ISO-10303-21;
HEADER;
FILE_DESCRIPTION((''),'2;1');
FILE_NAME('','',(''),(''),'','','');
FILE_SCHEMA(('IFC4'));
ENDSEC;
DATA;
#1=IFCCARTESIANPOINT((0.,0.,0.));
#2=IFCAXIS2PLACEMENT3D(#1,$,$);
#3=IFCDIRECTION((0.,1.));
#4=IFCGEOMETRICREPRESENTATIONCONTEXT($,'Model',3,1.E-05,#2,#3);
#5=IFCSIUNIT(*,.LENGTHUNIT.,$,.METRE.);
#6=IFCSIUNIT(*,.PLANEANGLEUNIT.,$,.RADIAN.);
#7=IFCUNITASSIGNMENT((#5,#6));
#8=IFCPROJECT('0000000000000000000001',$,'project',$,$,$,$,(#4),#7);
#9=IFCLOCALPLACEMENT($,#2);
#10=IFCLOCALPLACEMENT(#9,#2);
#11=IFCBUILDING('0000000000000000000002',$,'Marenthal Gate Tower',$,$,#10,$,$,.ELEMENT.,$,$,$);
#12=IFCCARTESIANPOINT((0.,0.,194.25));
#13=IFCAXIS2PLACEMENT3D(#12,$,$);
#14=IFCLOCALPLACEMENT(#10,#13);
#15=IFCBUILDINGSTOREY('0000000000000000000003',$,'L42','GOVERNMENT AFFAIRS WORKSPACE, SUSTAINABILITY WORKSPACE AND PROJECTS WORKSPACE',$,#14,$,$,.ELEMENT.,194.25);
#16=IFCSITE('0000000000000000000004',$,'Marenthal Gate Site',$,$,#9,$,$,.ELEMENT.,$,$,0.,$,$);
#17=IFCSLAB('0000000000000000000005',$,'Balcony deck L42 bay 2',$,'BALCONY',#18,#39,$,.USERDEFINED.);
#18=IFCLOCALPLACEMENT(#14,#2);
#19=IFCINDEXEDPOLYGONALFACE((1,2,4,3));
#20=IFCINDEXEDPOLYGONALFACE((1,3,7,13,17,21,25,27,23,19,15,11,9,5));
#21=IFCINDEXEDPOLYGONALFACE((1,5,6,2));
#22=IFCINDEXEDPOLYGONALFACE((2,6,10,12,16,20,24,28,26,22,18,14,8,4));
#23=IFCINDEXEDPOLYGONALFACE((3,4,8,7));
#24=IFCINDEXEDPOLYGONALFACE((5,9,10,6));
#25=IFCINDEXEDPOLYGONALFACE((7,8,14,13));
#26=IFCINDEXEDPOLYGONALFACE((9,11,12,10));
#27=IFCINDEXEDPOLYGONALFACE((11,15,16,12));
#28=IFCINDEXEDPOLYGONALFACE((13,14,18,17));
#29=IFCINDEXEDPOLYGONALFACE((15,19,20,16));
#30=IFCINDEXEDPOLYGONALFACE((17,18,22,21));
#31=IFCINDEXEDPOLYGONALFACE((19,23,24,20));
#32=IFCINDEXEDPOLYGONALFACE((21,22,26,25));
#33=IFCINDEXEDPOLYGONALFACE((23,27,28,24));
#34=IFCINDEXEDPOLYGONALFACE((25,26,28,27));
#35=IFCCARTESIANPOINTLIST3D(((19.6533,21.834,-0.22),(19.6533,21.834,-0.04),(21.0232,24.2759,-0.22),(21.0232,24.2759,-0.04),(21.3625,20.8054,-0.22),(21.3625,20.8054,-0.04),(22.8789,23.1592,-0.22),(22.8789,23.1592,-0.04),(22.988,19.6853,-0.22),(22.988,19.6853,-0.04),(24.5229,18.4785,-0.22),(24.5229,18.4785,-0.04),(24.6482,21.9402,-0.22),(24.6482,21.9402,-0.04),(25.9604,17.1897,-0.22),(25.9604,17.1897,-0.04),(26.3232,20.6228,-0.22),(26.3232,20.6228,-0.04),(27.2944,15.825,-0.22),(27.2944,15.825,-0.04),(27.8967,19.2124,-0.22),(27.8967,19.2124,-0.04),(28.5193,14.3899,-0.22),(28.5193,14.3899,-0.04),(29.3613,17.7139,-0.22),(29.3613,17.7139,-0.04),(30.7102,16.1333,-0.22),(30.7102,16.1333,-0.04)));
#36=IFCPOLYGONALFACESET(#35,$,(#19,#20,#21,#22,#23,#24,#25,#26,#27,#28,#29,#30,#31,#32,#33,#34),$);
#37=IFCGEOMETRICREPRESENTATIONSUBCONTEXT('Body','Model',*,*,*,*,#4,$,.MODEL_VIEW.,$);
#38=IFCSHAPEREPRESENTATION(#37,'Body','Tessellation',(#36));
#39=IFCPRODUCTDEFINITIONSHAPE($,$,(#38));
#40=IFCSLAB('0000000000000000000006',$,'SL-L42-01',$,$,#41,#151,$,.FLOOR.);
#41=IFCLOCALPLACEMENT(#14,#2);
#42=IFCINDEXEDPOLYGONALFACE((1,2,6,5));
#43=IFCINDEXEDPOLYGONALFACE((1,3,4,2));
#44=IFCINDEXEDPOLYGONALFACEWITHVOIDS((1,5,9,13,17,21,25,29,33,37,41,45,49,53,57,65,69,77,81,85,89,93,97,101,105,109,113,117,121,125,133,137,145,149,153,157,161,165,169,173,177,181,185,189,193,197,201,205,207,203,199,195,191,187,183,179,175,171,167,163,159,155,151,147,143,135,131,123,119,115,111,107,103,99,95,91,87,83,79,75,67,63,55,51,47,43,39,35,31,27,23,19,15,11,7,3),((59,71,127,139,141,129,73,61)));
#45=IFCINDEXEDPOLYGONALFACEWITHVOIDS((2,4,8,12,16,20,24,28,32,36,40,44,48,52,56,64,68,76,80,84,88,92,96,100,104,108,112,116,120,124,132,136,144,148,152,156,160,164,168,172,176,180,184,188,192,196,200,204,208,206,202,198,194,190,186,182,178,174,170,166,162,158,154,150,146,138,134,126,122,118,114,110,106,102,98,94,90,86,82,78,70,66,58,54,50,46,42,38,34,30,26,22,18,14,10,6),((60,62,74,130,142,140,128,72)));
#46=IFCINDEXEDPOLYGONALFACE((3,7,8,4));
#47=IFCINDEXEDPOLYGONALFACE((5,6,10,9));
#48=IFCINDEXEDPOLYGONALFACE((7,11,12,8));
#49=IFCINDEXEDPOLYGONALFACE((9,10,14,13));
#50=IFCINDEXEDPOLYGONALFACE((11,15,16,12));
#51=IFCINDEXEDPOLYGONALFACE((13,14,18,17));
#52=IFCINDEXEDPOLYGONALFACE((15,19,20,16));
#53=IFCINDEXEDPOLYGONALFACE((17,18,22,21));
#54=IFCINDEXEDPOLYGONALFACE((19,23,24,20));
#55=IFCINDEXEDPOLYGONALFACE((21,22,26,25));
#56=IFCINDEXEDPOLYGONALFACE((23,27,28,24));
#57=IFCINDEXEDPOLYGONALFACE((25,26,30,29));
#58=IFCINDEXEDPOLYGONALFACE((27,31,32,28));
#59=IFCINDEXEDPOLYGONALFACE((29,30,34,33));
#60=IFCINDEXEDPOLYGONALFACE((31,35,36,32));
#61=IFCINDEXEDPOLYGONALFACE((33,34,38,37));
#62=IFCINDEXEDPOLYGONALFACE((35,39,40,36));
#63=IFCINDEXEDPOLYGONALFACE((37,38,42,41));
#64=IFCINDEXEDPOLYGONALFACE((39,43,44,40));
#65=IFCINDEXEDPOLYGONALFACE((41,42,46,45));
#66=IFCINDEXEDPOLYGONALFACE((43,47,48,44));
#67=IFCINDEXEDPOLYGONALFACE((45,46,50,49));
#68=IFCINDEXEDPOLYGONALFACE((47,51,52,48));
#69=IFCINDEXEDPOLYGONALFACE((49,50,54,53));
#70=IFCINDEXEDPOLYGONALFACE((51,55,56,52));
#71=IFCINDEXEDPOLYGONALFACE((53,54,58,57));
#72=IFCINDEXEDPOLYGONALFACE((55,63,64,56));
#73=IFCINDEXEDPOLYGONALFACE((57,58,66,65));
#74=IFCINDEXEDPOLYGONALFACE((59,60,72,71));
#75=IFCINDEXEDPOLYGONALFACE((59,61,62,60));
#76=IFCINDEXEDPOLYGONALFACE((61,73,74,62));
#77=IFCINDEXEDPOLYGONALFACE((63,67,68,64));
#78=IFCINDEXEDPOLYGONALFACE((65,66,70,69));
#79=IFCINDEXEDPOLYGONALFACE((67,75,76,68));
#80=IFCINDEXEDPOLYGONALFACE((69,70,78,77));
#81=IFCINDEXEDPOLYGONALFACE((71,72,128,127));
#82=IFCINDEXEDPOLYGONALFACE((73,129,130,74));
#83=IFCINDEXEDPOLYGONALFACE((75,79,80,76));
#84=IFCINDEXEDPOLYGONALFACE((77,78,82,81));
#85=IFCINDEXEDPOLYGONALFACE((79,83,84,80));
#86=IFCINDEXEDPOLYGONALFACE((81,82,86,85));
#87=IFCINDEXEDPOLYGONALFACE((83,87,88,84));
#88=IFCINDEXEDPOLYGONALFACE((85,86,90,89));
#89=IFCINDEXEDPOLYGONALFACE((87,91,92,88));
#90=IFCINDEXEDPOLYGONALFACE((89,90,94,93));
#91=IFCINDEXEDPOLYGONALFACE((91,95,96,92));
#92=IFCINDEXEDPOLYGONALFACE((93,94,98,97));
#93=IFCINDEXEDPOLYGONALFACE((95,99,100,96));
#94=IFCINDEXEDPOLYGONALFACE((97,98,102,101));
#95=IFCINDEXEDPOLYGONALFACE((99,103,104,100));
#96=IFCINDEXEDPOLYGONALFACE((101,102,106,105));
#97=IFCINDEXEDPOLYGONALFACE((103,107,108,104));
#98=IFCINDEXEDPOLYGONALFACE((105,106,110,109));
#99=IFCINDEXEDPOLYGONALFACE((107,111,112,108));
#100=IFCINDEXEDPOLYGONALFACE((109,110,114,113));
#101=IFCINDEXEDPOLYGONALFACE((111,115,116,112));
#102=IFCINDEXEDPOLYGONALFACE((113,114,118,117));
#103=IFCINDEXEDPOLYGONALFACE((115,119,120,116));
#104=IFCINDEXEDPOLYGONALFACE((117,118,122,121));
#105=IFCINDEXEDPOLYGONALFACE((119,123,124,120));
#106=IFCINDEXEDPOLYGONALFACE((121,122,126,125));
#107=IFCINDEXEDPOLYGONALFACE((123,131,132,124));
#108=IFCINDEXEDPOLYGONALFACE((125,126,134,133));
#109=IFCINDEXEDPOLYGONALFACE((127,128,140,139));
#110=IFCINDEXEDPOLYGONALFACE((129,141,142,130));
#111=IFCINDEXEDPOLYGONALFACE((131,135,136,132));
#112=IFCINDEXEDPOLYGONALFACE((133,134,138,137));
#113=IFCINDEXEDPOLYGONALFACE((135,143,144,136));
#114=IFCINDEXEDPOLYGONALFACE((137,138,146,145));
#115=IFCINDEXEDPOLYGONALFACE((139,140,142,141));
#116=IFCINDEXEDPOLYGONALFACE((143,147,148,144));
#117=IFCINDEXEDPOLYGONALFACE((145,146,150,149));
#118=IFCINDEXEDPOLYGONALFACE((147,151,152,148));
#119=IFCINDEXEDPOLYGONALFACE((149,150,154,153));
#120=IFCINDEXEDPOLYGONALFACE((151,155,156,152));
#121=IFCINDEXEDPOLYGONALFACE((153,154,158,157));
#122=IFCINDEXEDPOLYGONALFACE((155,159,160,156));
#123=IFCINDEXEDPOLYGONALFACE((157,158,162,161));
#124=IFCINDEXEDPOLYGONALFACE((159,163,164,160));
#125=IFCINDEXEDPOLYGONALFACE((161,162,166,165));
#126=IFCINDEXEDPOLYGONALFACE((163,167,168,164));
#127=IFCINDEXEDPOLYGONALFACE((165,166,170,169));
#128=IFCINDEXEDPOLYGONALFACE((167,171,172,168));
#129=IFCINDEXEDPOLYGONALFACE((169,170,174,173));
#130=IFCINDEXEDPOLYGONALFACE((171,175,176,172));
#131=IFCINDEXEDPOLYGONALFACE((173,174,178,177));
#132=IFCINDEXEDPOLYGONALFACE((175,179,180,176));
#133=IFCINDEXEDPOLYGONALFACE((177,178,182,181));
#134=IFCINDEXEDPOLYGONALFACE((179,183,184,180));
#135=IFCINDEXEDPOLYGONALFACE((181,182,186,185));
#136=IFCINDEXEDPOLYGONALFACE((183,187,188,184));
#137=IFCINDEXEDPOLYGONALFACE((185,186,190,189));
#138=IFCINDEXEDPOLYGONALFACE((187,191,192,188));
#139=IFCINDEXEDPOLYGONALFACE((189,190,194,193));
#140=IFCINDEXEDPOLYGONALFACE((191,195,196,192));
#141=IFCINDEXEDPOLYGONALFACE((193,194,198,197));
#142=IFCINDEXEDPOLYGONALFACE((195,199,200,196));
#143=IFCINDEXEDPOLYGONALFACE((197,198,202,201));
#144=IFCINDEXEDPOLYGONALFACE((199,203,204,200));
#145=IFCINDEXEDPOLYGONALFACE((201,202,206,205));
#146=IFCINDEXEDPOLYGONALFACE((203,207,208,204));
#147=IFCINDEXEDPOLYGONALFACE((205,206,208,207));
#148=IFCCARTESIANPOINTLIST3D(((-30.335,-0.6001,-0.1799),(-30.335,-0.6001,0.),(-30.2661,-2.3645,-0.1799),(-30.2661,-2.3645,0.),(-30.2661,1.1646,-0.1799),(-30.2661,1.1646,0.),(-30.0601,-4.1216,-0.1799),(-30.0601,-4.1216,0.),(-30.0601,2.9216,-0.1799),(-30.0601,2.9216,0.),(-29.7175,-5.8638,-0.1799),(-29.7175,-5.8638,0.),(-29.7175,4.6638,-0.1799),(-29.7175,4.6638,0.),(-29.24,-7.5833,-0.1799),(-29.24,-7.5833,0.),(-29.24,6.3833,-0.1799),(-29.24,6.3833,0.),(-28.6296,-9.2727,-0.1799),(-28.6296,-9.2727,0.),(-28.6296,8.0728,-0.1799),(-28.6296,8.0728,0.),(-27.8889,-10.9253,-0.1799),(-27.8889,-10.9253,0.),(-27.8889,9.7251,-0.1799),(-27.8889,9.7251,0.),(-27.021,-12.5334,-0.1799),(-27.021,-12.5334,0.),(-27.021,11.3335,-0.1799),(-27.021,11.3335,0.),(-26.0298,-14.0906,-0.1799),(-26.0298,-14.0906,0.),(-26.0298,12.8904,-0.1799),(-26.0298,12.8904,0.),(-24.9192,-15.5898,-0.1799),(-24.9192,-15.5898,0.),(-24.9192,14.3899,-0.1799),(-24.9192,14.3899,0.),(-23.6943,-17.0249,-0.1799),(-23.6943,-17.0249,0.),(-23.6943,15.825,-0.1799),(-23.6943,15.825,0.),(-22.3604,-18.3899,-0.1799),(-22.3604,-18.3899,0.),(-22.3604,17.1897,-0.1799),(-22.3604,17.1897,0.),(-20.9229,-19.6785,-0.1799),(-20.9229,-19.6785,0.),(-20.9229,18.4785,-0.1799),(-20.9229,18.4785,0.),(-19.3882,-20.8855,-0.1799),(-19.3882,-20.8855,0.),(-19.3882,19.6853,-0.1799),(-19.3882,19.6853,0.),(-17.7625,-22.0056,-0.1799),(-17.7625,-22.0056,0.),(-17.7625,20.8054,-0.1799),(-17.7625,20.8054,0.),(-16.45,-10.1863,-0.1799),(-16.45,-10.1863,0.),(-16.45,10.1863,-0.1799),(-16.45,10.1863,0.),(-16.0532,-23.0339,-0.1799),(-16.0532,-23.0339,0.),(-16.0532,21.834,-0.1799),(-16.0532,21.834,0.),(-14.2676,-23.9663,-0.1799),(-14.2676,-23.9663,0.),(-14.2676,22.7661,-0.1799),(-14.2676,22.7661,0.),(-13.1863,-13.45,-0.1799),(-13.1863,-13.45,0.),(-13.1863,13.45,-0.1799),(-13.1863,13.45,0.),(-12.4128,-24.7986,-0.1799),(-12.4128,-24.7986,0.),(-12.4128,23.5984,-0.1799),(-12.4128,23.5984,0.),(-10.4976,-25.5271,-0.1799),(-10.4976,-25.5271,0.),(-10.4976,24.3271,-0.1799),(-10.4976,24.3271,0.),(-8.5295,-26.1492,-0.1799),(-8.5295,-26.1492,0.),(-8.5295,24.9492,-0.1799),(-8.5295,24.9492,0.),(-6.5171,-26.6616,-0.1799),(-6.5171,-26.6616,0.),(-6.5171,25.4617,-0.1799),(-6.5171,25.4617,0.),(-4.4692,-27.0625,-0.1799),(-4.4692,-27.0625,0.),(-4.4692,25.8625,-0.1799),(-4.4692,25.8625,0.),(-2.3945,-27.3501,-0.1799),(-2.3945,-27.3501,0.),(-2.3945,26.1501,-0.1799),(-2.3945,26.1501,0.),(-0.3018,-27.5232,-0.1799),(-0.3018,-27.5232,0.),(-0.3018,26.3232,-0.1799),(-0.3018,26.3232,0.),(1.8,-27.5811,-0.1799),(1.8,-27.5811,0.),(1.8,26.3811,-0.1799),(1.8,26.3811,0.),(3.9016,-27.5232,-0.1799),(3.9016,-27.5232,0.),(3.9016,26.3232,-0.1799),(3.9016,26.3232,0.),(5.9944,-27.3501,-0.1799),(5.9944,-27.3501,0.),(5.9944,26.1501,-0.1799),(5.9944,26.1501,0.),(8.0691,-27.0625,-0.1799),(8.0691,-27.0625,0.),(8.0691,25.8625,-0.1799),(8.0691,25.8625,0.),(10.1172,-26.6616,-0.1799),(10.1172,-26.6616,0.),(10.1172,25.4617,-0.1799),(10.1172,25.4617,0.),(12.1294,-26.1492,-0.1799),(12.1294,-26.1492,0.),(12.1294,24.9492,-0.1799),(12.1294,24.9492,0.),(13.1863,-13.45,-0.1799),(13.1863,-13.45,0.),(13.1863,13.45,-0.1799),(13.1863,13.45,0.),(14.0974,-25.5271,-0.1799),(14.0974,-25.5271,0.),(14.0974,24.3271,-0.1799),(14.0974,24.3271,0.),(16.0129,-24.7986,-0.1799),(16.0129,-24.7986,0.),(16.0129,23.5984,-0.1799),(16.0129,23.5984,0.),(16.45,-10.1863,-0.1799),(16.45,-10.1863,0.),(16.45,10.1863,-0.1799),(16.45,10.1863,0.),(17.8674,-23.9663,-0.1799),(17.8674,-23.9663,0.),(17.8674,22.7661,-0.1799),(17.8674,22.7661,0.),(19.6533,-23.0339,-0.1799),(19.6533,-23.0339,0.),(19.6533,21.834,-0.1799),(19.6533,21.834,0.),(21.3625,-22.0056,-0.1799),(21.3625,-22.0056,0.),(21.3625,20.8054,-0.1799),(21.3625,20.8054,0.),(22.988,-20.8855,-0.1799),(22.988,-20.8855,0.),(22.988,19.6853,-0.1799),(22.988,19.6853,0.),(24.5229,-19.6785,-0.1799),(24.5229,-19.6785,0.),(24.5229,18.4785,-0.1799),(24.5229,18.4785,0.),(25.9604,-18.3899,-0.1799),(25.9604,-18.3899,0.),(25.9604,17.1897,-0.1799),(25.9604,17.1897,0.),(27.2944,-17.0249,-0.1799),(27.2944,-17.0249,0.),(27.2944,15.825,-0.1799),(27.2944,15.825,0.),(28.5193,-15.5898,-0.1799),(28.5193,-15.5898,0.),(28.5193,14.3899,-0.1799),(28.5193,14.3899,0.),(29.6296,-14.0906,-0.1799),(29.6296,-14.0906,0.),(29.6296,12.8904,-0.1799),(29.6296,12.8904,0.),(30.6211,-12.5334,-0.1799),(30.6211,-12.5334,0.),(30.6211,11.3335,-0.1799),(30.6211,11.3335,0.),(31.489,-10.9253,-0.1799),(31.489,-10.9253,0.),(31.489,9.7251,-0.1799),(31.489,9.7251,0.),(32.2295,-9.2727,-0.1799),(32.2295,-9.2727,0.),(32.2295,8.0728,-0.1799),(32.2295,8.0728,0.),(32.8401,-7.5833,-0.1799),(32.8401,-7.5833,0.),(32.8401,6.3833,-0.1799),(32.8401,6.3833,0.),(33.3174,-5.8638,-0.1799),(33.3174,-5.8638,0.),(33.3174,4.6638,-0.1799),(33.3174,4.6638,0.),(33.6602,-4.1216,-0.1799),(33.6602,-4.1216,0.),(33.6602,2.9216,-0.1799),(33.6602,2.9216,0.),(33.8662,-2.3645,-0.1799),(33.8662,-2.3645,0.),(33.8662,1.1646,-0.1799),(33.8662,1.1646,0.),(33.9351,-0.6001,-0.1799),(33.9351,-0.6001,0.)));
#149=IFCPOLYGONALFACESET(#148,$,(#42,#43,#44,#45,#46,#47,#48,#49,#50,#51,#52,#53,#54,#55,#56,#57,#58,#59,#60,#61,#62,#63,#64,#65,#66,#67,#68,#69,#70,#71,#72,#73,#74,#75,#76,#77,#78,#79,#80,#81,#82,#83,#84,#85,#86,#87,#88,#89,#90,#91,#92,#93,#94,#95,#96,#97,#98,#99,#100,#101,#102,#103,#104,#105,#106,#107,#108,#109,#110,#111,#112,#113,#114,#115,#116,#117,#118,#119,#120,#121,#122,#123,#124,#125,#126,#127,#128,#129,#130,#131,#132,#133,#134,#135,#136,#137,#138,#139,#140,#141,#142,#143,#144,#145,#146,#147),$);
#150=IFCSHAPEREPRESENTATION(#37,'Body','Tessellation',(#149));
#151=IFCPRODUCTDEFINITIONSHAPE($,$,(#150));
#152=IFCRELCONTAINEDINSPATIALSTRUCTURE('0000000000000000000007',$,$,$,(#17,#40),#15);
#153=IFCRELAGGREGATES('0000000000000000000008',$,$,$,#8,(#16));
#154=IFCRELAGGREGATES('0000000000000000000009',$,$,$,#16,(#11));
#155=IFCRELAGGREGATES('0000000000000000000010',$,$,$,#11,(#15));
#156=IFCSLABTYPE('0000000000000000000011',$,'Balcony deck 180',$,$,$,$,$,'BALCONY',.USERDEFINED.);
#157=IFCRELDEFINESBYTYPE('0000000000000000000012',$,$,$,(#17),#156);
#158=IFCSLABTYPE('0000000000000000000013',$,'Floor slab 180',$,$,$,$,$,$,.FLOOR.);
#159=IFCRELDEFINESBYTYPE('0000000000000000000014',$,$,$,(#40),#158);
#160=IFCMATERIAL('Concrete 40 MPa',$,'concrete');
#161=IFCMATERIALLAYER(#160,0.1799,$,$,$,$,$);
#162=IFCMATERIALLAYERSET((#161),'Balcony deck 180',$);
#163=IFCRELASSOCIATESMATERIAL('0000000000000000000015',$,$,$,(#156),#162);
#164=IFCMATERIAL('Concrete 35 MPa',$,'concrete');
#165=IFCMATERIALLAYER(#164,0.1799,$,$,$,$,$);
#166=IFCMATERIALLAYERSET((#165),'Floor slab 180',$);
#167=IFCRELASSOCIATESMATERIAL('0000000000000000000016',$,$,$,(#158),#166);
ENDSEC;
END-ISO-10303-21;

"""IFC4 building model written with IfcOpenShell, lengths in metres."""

from ifc_helpers import new_model, si_unit, direction, frame, origin, place, context, subcontext, project, spatial, polyline, outline, extrude, material, layer, layer_set, type_object, element, save


model = new_model("IFC4")

# Units and contexts
model_context = context("Model", 3, precision=1e-05, world=origin(), true_north=direction((0.0, 1.0)))
body_context = subcontext(model_context, "Body", "Model", "MODEL_VIEW")
ifc_project = project(units=[si_unit("LENGTHUNIT", "METRE"), si_unit("PLANEANGLEUNIT", "RADIAN")], contexts=[model_context])

# Site, building, storey
site_placement = place(None, origin())
site = spatial("IfcSite", under=ifc_project, at=site_placement, Name="Marenthal Gate Site", CompositionType="ELEMENT", RefElevation=0.0)
building_placement = place(site_placement, origin())
building = spatial("IfcBuilding", under=site, at=building_placement, Name="Marenthal Gate Tower", CompositionType="ELEMENT")
storey_placement = place(building_placement, frame((0.0, 0.0, 194.25)))
storey = spatial("IfcBuildingStorey", under=building, at=storey_placement, Name="L42", Description="GOVERNMENT AFFAIRS WORKSPACE, SUSTAINABILITY WORKSPACE AND PROJECTS WORKSPACE", CompositionType="ELEMENT", Elevation=194.25)

# Slabs
ifc_material_1 = material(Name="Concrete 40 MPa", Category="concrete")
ifc_layer_1 = layer(ifc_material_1, 0.1799)
ifc_layer_set_1 = layer_set([ifc_layer_1], Name="Balcony deck 180")
slab_type_1 = type_object("IfcSlabType", Name="Balcony deck 180", ElementType="BALCONY", PredefinedType="USERDEFINED", material=ifc_layer_set_1)
slab_1_placement = place(storey_placement, frame((0.0, 0.0, -0.22)))
element("IfcSlab", 1, at=slab_1_placement, inside=storey, type_object=slab_type_1, Name="Balcony deck L42 bay 2", ObjectType="BALCONY", PredefinedType="USERDEFINED", context=body_context, shape_type="SweptSolid", body=[
    extrude(outline(polyline([(28.5193, 14.3899), (27.2944, 15.825), (25.9604, 17.1897), (24.5229, 18.4785), (22.988, 19.6853), (21.3625, 20.8054), (19.6533, 21.834), (21.0232, 24.2759), (22.8789, 23.1592), (24.6482, 21.9402), (26.3232, 20.6228), (27.8967, 19.2124), (29.3613, 17.7139), (30.7102, 16.1333), (28.5193, 14.3899)])), origin(), (0.0, 0.0, 1.0), 0.1799),
])
ifc_material_2 = material(Name="Concrete 35 MPa", Category="concrete")
ifc_layer_2 = layer(ifc_material_2, 0.1799)
ifc_layer_set_2 = layer_set([ifc_layer_2], Name="Floor slab 180")
slab_type_2 = type_object("IfcSlabType", Name="Floor slab 180", PredefinedType="FLOOR", material=ifc_layer_set_2)
slab_2_placement = place(storey_placement, frame((0.0, 0.0, -0.1799)))
element("IfcSlab", 2, at=slab_2_placement, inside=storey, type_object=slab_type_2, Name="SL-L42-01", PredefinedType="FLOOR", context=body_context, shape_type="SweptSolid", body=[
    extrude(outline(polyline([(33.9351, -0.6001), (33.8662, 1.1646), (33.6602, 2.9216), (33.3174, 4.6638), (32.8401, 6.3833), (32.2295, 8.0728), (31.489, 9.7251), (30.6211, 11.3335), (29.6296, 12.8904), (28.5193, 14.3899), (27.2944, 15.825), (25.9604, 17.1897), (24.5229, 18.4785), (22.988, 19.6853), (21.3625, 20.8054), (19.6533, 21.834), (17.8674, 22.7661), (16.0129, 23.5984), (14.0974, 24.3271), (12.1294, 24.9492), (10.1172, 25.4617), (8.0691, 25.8625), (5.9944, 26.1501), (3.9016, 26.3232), (1.8, 26.3811), (-0.3018, 26.3232), (-2.3945, 26.1501), (-4.4692, 25.8625), (-6.5171, 25.4617), (-8.5295, 24.9492), (-10.4976, 24.3271), (-12.4128, 23.5984), (-14.2676, 22.7661), (-16.0532, 21.834), (-17.7625, 20.8054), (-19.3882, 19.6853), (-20.9229, 18.4785), (-22.3604, 17.1897), (-23.6943, 15.825), (-24.9192, 14.3899), (-26.0298, 12.8904), (-27.021, 11.3335), (-27.8889, 9.7251), (-28.6296, 8.0728), (-29.24, 6.3833), (-29.7175, 4.6638), (-30.0601, 2.9216), (-30.2661, 1.1646), (-30.335, -0.6001), (-30.2661, -2.3645), (-30.0601, -4.1216), (-29.7175, -5.8638), (-29.24, -7.5833), (-28.6296, -9.2727), (-27.8889, -10.9253), (-27.021, -12.5334), (-26.0298, -14.0906), (-24.9192, -15.5898), (-23.6943, -17.0249), (-22.3604, -18.3899), (-20.9229, -19.6785), (-19.3882, -20.8855), (-17.7625, -22.0056), (-16.0532, -23.0339), (-14.2676, -23.9663), (-12.4128, -24.7986), (-10.4976, -25.5271), (-8.5295, -26.1492), (-6.5171, -26.6616), (-4.4692, -27.0625), (-2.3945, -27.3501), (-0.3018, -27.5232), (1.8, -27.5811), (3.9016, -27.5232), (5.9944, -27.3501), (8.0691, -27.0625), (10.1172, -26.6616), (12.1294, -26.1492), (14.0974, -25.5271), (16.0129, -24.7986), (17.8674, -23.9663), (19.6533, -23.0339), (21.3625, -22.0056), (22.988, -20.8855), (24.5229, -19.6785), (25.9604, -18.3899), (27.2944, -17.0249), (28.5193, -15.5898), (29.6296, -14.0906), (30.6211, -12.5334), (31.489, -10.9253), (32.2295, -9.2727), (32.8401, -7.5833), (33.3174, -5.8638), (33.6602, -4.1216), (33.8662, -2.3645), (33.9351, -0.6001)]), holes=[polyline([(13.1863, -13.45), (16.45, -10.1863), (16.45, 10.1863), (13.1863, 13.45), (-13.1863, 13.45), (-16.45, 10.1863), (-16.45, -10.1863), (-13.1863, -13.45), (13.1863, -13.45)])]), origin(), (0.0, 0.0, 1.0), 0.1799),
])

save(model, "model.ifc")
